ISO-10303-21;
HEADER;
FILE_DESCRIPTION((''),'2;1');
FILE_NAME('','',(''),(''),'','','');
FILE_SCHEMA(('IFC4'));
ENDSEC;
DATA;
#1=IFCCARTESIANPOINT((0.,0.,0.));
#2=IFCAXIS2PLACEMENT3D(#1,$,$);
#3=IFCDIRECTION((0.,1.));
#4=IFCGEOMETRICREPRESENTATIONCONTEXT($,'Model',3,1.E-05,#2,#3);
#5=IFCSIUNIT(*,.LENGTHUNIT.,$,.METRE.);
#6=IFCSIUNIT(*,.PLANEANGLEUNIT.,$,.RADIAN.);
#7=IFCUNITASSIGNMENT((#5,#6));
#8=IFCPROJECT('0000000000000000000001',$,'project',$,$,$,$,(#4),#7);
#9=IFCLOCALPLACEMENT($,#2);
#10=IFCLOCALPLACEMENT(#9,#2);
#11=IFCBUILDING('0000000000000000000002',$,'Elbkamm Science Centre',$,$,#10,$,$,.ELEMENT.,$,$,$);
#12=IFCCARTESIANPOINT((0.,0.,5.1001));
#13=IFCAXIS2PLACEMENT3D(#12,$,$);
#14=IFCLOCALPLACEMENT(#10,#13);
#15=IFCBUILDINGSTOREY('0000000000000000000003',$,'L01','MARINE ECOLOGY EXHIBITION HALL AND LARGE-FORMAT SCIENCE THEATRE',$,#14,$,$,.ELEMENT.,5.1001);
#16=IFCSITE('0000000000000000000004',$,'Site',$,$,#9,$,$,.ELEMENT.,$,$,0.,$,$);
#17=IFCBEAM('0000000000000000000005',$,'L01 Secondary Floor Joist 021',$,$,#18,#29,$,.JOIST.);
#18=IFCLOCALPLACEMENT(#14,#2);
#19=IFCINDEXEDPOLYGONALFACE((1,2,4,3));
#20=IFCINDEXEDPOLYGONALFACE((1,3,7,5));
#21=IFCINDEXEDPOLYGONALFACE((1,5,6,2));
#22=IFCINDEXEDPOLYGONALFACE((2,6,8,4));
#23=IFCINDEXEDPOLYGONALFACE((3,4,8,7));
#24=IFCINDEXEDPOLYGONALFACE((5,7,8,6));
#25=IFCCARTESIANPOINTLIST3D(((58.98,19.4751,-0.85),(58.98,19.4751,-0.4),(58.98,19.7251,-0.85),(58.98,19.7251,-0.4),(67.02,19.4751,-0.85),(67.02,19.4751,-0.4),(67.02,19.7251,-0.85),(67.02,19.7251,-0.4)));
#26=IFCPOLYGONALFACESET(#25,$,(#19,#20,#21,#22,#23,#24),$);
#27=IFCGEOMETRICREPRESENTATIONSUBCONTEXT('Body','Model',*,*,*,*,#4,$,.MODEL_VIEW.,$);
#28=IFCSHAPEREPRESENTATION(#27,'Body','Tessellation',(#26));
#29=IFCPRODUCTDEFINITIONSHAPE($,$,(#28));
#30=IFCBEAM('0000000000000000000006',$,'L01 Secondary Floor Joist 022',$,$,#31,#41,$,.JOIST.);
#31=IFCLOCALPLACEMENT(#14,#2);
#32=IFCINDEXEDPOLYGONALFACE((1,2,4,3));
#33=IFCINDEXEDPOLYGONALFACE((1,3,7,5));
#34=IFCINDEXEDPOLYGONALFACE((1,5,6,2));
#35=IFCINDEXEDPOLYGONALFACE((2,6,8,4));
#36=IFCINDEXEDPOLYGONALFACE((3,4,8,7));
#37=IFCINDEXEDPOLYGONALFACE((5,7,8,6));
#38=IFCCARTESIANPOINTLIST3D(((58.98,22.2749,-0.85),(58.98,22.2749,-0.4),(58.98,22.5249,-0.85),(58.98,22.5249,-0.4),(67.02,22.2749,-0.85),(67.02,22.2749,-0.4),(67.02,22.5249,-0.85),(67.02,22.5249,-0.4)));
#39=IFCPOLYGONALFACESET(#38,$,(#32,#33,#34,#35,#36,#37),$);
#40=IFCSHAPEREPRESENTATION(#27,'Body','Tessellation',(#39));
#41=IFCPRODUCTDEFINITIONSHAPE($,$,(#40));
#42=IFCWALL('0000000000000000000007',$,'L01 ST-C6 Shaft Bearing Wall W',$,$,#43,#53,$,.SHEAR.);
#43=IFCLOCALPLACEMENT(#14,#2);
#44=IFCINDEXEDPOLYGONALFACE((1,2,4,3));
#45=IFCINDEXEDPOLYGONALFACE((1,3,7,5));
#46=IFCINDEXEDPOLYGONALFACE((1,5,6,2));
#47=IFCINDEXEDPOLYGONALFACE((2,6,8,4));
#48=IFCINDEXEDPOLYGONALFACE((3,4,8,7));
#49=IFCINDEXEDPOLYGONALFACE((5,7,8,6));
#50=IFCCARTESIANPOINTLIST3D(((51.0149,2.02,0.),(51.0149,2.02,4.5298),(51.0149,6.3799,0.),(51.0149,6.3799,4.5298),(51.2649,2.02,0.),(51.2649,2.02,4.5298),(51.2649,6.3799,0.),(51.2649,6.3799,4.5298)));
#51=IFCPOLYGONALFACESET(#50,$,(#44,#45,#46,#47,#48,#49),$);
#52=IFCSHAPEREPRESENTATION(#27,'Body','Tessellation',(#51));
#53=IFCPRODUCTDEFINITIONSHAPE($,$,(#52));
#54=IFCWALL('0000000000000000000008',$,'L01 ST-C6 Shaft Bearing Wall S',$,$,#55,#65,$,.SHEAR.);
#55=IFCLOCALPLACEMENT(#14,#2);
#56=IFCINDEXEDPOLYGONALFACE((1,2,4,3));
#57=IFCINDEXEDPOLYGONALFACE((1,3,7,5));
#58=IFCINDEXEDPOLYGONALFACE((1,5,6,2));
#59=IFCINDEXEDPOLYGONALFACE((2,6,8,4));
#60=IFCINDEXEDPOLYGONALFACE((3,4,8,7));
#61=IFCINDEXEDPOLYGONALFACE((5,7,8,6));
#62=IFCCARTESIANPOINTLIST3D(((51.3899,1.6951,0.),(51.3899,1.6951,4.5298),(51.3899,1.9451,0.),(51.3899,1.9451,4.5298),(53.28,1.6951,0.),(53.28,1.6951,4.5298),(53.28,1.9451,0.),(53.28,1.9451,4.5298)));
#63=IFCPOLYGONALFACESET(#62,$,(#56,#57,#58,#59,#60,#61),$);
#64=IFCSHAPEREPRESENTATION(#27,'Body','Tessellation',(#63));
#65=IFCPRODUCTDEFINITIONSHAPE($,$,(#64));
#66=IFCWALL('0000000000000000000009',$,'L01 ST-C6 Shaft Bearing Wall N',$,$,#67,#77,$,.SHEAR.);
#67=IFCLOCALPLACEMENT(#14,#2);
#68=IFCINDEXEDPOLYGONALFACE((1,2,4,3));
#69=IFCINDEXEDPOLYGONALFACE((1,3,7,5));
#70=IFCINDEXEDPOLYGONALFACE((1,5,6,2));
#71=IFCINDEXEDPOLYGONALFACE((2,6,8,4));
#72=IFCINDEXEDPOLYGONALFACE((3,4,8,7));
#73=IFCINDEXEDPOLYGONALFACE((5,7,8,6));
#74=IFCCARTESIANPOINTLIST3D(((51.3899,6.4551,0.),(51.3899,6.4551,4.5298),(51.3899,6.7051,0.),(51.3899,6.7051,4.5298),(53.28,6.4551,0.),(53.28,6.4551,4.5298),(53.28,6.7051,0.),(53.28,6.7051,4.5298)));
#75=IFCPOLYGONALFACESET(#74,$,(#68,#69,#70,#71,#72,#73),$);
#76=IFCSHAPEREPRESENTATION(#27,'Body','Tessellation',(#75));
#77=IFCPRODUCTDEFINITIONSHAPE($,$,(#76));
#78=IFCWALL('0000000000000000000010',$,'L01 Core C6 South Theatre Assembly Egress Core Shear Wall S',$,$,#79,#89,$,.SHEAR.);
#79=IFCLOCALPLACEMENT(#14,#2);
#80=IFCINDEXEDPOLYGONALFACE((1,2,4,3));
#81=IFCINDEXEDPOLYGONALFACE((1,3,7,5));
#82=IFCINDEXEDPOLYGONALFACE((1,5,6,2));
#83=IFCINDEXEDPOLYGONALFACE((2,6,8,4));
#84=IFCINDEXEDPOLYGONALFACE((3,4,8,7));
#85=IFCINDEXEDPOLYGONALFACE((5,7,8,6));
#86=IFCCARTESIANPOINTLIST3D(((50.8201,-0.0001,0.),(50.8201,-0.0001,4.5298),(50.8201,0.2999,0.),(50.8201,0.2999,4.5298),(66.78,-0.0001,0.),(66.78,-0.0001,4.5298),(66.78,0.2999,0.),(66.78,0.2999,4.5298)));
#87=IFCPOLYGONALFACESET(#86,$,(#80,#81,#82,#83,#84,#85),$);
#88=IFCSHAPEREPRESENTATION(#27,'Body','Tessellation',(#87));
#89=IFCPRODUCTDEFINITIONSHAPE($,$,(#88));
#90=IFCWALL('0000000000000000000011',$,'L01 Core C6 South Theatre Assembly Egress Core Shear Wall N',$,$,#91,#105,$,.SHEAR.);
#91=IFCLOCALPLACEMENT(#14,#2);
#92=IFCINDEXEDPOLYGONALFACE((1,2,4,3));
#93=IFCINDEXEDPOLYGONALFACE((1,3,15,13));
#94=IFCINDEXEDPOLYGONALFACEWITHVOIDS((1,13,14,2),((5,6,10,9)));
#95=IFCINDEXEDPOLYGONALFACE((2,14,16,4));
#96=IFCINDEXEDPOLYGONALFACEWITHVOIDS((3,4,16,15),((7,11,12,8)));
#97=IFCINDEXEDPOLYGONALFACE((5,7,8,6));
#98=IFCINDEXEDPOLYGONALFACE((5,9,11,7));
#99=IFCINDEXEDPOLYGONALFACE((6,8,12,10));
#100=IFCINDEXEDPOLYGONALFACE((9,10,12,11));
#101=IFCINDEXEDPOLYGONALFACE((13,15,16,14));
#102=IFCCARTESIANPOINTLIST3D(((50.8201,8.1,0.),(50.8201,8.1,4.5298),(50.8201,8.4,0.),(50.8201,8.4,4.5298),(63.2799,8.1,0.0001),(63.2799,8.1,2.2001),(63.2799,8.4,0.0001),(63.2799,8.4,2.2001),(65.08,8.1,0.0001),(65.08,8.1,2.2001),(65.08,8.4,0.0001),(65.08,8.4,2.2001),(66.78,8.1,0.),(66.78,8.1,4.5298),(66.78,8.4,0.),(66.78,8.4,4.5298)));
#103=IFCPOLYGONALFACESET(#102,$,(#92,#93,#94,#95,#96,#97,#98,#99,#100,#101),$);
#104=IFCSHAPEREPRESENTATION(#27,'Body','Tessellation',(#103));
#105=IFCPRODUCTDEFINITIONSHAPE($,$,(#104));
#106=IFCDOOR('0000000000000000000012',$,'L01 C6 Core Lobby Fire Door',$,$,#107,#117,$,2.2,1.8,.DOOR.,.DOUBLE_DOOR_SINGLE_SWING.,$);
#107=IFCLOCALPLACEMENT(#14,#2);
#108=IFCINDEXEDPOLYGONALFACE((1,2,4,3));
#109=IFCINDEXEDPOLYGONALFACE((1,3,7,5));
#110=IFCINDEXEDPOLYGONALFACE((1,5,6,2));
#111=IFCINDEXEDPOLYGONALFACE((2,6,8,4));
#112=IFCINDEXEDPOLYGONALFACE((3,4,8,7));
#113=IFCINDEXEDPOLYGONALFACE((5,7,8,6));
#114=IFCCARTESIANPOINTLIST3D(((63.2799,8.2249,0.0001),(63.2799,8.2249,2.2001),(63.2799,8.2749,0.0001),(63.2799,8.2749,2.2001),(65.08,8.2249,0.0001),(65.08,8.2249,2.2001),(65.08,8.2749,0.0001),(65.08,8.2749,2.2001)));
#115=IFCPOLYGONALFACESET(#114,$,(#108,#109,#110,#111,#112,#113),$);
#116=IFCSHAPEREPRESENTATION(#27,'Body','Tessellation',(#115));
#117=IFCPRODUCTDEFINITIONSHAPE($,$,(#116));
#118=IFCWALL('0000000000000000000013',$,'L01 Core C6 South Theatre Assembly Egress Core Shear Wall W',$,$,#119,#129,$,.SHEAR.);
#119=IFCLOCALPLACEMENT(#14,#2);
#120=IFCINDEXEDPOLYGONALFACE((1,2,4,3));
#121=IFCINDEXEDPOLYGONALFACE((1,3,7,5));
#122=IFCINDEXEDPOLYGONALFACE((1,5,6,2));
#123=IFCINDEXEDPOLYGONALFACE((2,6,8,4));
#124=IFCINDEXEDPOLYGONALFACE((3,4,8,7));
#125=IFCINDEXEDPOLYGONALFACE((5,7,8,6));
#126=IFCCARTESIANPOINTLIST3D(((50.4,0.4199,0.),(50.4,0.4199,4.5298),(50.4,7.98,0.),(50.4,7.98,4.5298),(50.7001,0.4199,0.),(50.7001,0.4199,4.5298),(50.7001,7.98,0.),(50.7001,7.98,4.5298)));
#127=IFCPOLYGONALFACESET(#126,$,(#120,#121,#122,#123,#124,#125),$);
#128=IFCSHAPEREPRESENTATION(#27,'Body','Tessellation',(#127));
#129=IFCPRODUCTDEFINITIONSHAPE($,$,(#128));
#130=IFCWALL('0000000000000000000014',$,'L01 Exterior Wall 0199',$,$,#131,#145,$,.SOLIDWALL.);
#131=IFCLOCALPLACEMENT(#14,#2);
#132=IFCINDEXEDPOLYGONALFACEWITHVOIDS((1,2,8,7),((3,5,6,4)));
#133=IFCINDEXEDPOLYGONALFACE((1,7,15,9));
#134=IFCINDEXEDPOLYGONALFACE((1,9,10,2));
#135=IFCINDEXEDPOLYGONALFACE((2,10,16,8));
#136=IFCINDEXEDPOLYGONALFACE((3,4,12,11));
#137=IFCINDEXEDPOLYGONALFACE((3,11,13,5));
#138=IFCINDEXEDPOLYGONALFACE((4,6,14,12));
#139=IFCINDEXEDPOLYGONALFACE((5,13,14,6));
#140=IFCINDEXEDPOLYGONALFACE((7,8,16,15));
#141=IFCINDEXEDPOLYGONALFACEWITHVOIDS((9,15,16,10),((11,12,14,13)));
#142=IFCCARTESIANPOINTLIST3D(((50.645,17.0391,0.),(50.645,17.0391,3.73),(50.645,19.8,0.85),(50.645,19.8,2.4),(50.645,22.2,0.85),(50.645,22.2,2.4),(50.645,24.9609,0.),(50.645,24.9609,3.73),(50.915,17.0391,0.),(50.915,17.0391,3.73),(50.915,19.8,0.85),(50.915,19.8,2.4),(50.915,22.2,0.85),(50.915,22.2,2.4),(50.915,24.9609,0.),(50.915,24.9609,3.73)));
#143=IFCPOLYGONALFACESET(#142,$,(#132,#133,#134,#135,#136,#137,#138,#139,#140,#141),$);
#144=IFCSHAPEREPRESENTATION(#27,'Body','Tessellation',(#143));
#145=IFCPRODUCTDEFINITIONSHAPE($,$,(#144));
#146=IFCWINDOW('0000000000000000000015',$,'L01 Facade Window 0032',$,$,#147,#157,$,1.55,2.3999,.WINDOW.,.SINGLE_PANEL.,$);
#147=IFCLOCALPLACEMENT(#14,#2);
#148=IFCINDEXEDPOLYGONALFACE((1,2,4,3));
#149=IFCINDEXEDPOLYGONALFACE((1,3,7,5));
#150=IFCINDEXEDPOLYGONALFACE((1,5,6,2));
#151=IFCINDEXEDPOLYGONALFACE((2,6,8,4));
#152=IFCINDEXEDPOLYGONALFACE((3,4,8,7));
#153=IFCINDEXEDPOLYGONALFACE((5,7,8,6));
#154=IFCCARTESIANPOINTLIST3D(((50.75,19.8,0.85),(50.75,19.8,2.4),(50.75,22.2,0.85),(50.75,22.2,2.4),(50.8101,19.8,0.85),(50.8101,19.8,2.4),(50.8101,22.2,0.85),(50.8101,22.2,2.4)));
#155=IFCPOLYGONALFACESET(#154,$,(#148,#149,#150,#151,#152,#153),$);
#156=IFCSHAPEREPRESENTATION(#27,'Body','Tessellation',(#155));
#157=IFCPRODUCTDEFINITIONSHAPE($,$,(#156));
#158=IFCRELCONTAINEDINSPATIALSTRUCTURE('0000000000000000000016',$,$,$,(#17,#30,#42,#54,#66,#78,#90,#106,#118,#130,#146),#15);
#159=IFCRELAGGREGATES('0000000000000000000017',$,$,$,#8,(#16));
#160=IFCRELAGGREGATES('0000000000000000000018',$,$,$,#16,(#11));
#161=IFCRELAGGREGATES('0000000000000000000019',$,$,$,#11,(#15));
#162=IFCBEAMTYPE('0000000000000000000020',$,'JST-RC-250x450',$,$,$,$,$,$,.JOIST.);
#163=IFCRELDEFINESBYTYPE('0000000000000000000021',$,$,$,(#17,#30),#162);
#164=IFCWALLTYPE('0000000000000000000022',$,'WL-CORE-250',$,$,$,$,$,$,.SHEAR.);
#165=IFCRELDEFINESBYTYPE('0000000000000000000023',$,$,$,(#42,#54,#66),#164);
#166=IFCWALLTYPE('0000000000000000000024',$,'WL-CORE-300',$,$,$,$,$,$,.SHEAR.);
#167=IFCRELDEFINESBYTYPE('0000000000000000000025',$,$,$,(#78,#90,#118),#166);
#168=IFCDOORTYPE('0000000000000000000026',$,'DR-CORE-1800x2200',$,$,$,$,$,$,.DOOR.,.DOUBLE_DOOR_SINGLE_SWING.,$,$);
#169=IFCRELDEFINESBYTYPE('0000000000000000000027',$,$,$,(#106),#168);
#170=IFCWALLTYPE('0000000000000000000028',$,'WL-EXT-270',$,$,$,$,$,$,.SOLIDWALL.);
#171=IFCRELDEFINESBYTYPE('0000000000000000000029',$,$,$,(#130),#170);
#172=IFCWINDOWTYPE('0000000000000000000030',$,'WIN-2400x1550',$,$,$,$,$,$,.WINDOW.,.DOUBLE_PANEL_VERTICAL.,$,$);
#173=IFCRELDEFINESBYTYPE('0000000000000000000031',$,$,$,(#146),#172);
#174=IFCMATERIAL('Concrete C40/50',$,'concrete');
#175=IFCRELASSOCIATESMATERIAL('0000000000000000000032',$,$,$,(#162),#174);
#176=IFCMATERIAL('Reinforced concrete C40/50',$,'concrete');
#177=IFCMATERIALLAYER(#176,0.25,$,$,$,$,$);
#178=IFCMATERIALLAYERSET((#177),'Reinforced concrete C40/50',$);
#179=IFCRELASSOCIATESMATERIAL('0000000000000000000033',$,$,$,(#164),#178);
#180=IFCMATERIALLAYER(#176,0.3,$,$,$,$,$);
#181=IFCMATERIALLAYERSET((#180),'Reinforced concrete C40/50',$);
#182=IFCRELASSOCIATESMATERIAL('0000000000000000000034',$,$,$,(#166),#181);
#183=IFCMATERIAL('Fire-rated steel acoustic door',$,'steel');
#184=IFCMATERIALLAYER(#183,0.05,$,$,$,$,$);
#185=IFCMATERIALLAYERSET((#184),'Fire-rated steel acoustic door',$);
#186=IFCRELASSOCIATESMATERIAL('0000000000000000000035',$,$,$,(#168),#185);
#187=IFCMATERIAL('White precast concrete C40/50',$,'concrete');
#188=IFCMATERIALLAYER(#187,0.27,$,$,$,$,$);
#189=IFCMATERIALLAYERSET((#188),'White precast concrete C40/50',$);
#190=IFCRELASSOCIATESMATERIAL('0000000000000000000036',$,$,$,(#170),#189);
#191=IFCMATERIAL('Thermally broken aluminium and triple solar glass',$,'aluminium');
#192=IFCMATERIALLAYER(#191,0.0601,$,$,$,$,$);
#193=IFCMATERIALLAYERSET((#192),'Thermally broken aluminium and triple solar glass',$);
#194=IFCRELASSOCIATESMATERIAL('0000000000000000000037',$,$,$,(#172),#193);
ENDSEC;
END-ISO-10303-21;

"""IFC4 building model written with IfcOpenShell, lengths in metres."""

from ifc_helpers import new_model, si_unit, direction, frame, frame_2d, origin, origin_2d, place, context, subcontext, project, spatial, rectangle, extrude, material, layer, layer_set, material_profile, profile_set, type_object, element, fill, save


model = new_model("IFC4")

# Units and contexts
model_context = context("Model", 3, precision=1e-05, world=origin(), true_north=direction((0.0, 1.0)))
body_context = subcontext(model_context, "Body", "Model", "MODEL_VIEW")
ifc_project = project(units=[si_unit("LENGTHUNIT", "METRE"), si_unit("PLANEANGLEUNIT", "RADIAN")], contexts=[model_context])

# Site, building, storey
site_placement = place(None, origin())
site = spatial("IfcSite", under=ifc_project, at=site_placement, Name="Site", CompositionType="ELEMENT", RefElevation=0.0)
building_placement = place(site_placement, origin())
building = spatial("IfcBuilding", under=site, at=building_placement, Name="Elbkamm Science Centre", CompositionType="ELEMENT")
storey_placement = place(building_placement, frame((0.0, 0.0, 5.1001)))
storey = spatial("IfcBuildingStorey", under=building, at=storey_placement, Name="L01", Description="MARINE ECOLOGY EXHIBITION HALL AND LARGE-FORMAT SCIENCE THEATRE", CompositionType="ELEMENT", Elevation=5.1001)

# Shared definitions
ifc_material_1 = material(Name="Concrete C40/50", Category="concrete")

# Beams
ifc_material_profile_1 = material_profile(ifc_material_1, rectangle(XDim=0.25, YDim=0.45, at=origin_2d()), Name="RC 250x450")
ifc_profile_set_1 = profile_set([ifc_material_profile_1], Name="Concrete C40/50")
beam_type_1 = type_object("IfcBeamType", Name="JST-RC-250x450", PredefinedType="JOIST", material=ifc_profile_set_1)
for number, where, z_axis, x_axis, name in (
    (1, (58.98, 19.6001, -0.625), (1.0, 0.0, 0.0), (0.0, 1.0, 0.0), "L01 Secondary Floor Joist 021"),
    (2, (58.98, 22.3999, -0.625), (1.0, 0.0, 0.0), (0.0, 1.0, 0.0), "L01 Secondary Floor Joist 022"),
):
    element("IfcBeam", number, at=place(storey_placement, frame(where, z_axis=z_axis, x_axis=x_axis)), inside=storey, type_object=beam_type_1, Name=name, PredefinedType="JOIST", context=body_context, shape_type="SweptSolid", body=[
        extrude(rectangle(XDim=0.25, YDim=0.45, at=origin_2d()), origin(), (0.0, 0.0, 1.0), 8.04),
    ])

# Walls
ifc_material_2 = material(Name="Reinforced concrete C40/50", Category="concrete")
ifc_layer_1 = layer(ifc_material_2, 0.25)
ifc_layer_set_1 = layer_set([ifc_layer_1], Name="Reinforced concrete C40/50")
wall_type_1 = type_object("IfcWallType", Name="WL-CORE-250", PredefinedType="SHEAR", material=ifc_layer_set_1)
wall_1_placement = place(storey_placement, frame((51.1399, 2.02, 0.0), z_axis=(0.0, 0.0, 1.0), x_axis=(0.0, 1.0, 0.0)))
element("IfcWall", 3, at=wall_1_placement, inside=storey, type_object=wall_type_1, Name="L01 ST-C6 Shaft Bearing Wall W", PredefinedType="SHEAR", context=body_context, shape_type="SweptSolid", body=[
    extrude(rectangle(XDim=4.3599, YDim=0.25, at=frame_2d((2.1799, 0.0))), origin(), (0.0, 0.0, 1.0), 4.5298),
])
for number, where, z_axis, x_axis, name in (
    (4, (51.3899, 1.8201, 0.0), (0.0, 0.0, 1.0), (1.0, 0.0, 0.0), "L01 ST-C6 Shaft Bearing Wall S"),
    (5, (51.3899, 6.5801, 0.0), (0.0, 0.0, 1.0), (1.0, 0.0, 0.0), "L01 ST-C6 Shaft Bearing Wall N"),
):
    element("IfcWall", number, at=place(storey_placement, frame(where, z_axis=z_axis, x_axis=x_axis)), inside=storey, type_object=wall_type_1, Name=name, PredefinedType="SHEAR", context=body_context, shape_type="SweptSolid", body=[
        extrude(rectangle(XDim=1.8901, YDim=0.25, at=frame_2d((0.9451, 0.0))), origin(), (0.0, 0.0, 1.0), 4.5298),
    ])
ifc_layer_2 = layer(ifc_material_2, 0.3)
ifc_layer_set_2 = layer_set([ifc_layer_2], Name="Reinforced concrete C40/50")
wall_type_2 = type_object("IfcWallType", Name="WL-CORE-300", PredefinedType="SHEAR", material=ifc_layer_set_2)
wall_2_placement = place(storey_placement, frame((50.8201, 0.1499, 0.0), z_axis=(0.0, 0.0, 1.0), x_axis=(1.0, 0.0, 0.0)))
element("IfcWall", 6, at=wall_2_placement, inside=storey, type_object=wall_type_2, Name="L01 Core C6 South Theatre Assembly Egress Core Shear Wall S", PredefinedType="SHEAR", context=body_context, shape_type="SweptSolid", body=[
    extrude(rectangle(XDim=15.96, YDim=0.3, at=frame_2d((7.98, 0.0))), origin(), (0.0, 0.0, 1.0), 4.5298),
])

# Wall, opening, door
wall_3_placement = place(storey_placement, frame((50.8201, 8.25, 0.0), z_axis=(0.0, 0.0, 1.0), x_axis=(1.0, 0.0, 0.0)))
wall_3 = element("IfcWall", 7, at=wall_3_placement, inside=storey, type_object=wall_type_2, Name="L01 Core C6 South Theatre Assembly Egress Core Shear Wall N", PredefinedType="SHEAR", context=body_context, shape_type="SweptSolid", body=[
    extrude(rectangle(XDim=15.96, YDim=0.3, at=frame_2d((7.98, 0.0))), origin(), (0.0, 0.0, 1.0), 4.5298),
])
opening_1_placement = place(wall_3_placement, frame((12.46, 0.0, 0.0)))
opening_1 = element("IfcOpeningElement", 8, at=opening_1_placement, cuts=wall_3, PredefinedType="OPENING", context=body_context, shape_type="SweptSolid", body=[
    extrude(rectangle(XDim=1.8, YDim=2.2, at=frame_2d((0.8999, 1.1001))), frame((0.0, 0.1621, 0.0), z_axis=(0.0, -1.0, 0.0), x_axis=(1.0, 0.0, 0.0)), (0.0, 0.0, 1.0), 0.324),
])
ifc_material_3 = material(Name="Fire-rated steel acoustic door", Category="steel")
ifc_layer_3 = layer(ifc_material_3, 0.05)
ifc_layer_set_3 = layer_set([ifc_layer_3], Name="Fire-rated steel acoustic door")
door_type = type_object("IfcDoorType", Name="DR-CORE-1800x2200", OperationType="DOUBLE_DOOR_SINGLE_SWING", PredefinedType="DOOR", material=ifc_layer_set_3)
door_placement = place(opening_1_placement, origin())
door = element("IfcDoor", 9, at=door_placement, inside=storey, type_object=door_type, Name="L01 C6 Core Lobby Fire Door", OperationType="DOUBLE_DOOR_SINGLE_SWING", OverallHeight=2.2, OverallWidth=1.8, PredefinedType="DOOR", context=body_context, shape_type="SweptSolid", body=[
    extrude(rectangle(XDim=1.8, YDim=2.2, at=frame_2d((0.8999, 1.1001))), frame((0.0, 0.0249, 0.0), z_axis=(0.0, -1.0, 0.0), x_axis=(1.0, 0.0, 0.0)), (0.0, 0.0, 1.0), 0.05),
])
fill(opening_1, door)

# Wall
wall_4_placement = place(storey_placement, frame((50.55, 0.4199, 0.0), z_axis=(0.0, 0.0, 1.0), x_axis=(0.0, 1.0, 0.0)))
element("IfcWall", 10, at=wall_4_placement, inside=storey, type_object=wall_type_2, Name="L01 Core C6 South Theatre Assembly Egress Core Shear Wall W", PredefinedType="SHEAR", context=body_context, shape_type="SweptSolid", body=[
    extrude(rectangle(XDim=7.5601, YDim=0.3, at=frame_2d((3.78, 0.0))), origin(), (0.0, 0.0, 1.0), 4.5298),
])

# Wall, opening, window
ifc_material_4 = material(Name="White precast concrete C40/50", Category="concrete")
ifc_layer_4 = layer(ifc_material_4, 0.27)
ifc_layer_set_4 = layer_set([ifc_layer_4], Name="White precast concrete C40/50")
wall_type_3 = type_object("IfcWallType", Name="WL-EXT-270", PredefinedType="SOLIDWALL", material=ifc_layer_set_4)
wall_5_placement = place(storey_placement, frame((50.78, 17.0391, 0.0), z_axis=(0.0, 0.0, 1.0), x_axis=(0.0, 1.0, 0.0)))
wall_5 = element("IfcWall", 11, at=wall_5_placement, inside=storey, type_object=wall_type_3, Name="L01 Exterior Wall 0199", PredefinedType="SOLIDWALL", context=body_context, shape_type="SweptSolid", body=[
    extrude(rectangle(XDim=7.9219, YDim=0.27, at=frame_2d((3.9609, 0.0))), origin(), (0.0, 0.0, 1.0), 3.73),
])
opening_2_placement = place(wall_5_placement, frame((2.761, 0.0, 0.8501)))
opening_2 = element("IfcOpeningElement", 12, at=opening_2_placement, cuts=wall_5, PredefinedType="OPENING", context=body_context, shape_type="SweptSolid", body=[
    extrude(rectangle(XDim=2.3999, YDim=1.55, at=frame_2d((1.2, 0.7749))), frame((0.0, 0.147, 0.0), z_axis=(0.0, -1.0, 0.0), x_axis=(1.0, 0.0, 0.0)), (0.0, 0.0, 1.0), 0.2939),
])
ifc_material_5 = material(Name="Thermally broken aluminium and triple solar glass", Category="aluminium")
ifc_layer_5 = layer(ifc_material_5, 0.0601)
ifc_layer_set_5 = layer_set([ifc_layer_5], Name="Thermally broken aluminium and triple solar glass")
window_type_1 = type_object("IfcWindowType", Name="WIN-2400x1550", PartitioningType="DOUBLE_PANEL_VERTICAL", PredefinedType="WINDOW", material=ifc_layer_set_5)
window_1_placement = place(opening_2_placement, origin())
window_1 = element("IfcWindow", 13, at=window_1_placement, inside=storey, type_object=window_type_1, Name="L01 Facade Window 0032", OverallHeight=1.55, OverallWidth=2.3999, PartitioningType="SINGLE_PANEL", PredefinedType="WINDOW", context=body_context, shape_type="SweptSolid", body=[
    extrude(rectangle(XDim=2.3999, YDim=1.55, at=frame_2d((1.2, 0.7749))), frame((0.0, 0.03, 0.0), z_axis=(0.0, -1.0, 0.0), x_axis=(1.0, 0.0, 0.0)), (0.0, 0.0, 1.0), 0.0601),
])
fill(opening_2, window_1)

save(model, "model.ifc")
